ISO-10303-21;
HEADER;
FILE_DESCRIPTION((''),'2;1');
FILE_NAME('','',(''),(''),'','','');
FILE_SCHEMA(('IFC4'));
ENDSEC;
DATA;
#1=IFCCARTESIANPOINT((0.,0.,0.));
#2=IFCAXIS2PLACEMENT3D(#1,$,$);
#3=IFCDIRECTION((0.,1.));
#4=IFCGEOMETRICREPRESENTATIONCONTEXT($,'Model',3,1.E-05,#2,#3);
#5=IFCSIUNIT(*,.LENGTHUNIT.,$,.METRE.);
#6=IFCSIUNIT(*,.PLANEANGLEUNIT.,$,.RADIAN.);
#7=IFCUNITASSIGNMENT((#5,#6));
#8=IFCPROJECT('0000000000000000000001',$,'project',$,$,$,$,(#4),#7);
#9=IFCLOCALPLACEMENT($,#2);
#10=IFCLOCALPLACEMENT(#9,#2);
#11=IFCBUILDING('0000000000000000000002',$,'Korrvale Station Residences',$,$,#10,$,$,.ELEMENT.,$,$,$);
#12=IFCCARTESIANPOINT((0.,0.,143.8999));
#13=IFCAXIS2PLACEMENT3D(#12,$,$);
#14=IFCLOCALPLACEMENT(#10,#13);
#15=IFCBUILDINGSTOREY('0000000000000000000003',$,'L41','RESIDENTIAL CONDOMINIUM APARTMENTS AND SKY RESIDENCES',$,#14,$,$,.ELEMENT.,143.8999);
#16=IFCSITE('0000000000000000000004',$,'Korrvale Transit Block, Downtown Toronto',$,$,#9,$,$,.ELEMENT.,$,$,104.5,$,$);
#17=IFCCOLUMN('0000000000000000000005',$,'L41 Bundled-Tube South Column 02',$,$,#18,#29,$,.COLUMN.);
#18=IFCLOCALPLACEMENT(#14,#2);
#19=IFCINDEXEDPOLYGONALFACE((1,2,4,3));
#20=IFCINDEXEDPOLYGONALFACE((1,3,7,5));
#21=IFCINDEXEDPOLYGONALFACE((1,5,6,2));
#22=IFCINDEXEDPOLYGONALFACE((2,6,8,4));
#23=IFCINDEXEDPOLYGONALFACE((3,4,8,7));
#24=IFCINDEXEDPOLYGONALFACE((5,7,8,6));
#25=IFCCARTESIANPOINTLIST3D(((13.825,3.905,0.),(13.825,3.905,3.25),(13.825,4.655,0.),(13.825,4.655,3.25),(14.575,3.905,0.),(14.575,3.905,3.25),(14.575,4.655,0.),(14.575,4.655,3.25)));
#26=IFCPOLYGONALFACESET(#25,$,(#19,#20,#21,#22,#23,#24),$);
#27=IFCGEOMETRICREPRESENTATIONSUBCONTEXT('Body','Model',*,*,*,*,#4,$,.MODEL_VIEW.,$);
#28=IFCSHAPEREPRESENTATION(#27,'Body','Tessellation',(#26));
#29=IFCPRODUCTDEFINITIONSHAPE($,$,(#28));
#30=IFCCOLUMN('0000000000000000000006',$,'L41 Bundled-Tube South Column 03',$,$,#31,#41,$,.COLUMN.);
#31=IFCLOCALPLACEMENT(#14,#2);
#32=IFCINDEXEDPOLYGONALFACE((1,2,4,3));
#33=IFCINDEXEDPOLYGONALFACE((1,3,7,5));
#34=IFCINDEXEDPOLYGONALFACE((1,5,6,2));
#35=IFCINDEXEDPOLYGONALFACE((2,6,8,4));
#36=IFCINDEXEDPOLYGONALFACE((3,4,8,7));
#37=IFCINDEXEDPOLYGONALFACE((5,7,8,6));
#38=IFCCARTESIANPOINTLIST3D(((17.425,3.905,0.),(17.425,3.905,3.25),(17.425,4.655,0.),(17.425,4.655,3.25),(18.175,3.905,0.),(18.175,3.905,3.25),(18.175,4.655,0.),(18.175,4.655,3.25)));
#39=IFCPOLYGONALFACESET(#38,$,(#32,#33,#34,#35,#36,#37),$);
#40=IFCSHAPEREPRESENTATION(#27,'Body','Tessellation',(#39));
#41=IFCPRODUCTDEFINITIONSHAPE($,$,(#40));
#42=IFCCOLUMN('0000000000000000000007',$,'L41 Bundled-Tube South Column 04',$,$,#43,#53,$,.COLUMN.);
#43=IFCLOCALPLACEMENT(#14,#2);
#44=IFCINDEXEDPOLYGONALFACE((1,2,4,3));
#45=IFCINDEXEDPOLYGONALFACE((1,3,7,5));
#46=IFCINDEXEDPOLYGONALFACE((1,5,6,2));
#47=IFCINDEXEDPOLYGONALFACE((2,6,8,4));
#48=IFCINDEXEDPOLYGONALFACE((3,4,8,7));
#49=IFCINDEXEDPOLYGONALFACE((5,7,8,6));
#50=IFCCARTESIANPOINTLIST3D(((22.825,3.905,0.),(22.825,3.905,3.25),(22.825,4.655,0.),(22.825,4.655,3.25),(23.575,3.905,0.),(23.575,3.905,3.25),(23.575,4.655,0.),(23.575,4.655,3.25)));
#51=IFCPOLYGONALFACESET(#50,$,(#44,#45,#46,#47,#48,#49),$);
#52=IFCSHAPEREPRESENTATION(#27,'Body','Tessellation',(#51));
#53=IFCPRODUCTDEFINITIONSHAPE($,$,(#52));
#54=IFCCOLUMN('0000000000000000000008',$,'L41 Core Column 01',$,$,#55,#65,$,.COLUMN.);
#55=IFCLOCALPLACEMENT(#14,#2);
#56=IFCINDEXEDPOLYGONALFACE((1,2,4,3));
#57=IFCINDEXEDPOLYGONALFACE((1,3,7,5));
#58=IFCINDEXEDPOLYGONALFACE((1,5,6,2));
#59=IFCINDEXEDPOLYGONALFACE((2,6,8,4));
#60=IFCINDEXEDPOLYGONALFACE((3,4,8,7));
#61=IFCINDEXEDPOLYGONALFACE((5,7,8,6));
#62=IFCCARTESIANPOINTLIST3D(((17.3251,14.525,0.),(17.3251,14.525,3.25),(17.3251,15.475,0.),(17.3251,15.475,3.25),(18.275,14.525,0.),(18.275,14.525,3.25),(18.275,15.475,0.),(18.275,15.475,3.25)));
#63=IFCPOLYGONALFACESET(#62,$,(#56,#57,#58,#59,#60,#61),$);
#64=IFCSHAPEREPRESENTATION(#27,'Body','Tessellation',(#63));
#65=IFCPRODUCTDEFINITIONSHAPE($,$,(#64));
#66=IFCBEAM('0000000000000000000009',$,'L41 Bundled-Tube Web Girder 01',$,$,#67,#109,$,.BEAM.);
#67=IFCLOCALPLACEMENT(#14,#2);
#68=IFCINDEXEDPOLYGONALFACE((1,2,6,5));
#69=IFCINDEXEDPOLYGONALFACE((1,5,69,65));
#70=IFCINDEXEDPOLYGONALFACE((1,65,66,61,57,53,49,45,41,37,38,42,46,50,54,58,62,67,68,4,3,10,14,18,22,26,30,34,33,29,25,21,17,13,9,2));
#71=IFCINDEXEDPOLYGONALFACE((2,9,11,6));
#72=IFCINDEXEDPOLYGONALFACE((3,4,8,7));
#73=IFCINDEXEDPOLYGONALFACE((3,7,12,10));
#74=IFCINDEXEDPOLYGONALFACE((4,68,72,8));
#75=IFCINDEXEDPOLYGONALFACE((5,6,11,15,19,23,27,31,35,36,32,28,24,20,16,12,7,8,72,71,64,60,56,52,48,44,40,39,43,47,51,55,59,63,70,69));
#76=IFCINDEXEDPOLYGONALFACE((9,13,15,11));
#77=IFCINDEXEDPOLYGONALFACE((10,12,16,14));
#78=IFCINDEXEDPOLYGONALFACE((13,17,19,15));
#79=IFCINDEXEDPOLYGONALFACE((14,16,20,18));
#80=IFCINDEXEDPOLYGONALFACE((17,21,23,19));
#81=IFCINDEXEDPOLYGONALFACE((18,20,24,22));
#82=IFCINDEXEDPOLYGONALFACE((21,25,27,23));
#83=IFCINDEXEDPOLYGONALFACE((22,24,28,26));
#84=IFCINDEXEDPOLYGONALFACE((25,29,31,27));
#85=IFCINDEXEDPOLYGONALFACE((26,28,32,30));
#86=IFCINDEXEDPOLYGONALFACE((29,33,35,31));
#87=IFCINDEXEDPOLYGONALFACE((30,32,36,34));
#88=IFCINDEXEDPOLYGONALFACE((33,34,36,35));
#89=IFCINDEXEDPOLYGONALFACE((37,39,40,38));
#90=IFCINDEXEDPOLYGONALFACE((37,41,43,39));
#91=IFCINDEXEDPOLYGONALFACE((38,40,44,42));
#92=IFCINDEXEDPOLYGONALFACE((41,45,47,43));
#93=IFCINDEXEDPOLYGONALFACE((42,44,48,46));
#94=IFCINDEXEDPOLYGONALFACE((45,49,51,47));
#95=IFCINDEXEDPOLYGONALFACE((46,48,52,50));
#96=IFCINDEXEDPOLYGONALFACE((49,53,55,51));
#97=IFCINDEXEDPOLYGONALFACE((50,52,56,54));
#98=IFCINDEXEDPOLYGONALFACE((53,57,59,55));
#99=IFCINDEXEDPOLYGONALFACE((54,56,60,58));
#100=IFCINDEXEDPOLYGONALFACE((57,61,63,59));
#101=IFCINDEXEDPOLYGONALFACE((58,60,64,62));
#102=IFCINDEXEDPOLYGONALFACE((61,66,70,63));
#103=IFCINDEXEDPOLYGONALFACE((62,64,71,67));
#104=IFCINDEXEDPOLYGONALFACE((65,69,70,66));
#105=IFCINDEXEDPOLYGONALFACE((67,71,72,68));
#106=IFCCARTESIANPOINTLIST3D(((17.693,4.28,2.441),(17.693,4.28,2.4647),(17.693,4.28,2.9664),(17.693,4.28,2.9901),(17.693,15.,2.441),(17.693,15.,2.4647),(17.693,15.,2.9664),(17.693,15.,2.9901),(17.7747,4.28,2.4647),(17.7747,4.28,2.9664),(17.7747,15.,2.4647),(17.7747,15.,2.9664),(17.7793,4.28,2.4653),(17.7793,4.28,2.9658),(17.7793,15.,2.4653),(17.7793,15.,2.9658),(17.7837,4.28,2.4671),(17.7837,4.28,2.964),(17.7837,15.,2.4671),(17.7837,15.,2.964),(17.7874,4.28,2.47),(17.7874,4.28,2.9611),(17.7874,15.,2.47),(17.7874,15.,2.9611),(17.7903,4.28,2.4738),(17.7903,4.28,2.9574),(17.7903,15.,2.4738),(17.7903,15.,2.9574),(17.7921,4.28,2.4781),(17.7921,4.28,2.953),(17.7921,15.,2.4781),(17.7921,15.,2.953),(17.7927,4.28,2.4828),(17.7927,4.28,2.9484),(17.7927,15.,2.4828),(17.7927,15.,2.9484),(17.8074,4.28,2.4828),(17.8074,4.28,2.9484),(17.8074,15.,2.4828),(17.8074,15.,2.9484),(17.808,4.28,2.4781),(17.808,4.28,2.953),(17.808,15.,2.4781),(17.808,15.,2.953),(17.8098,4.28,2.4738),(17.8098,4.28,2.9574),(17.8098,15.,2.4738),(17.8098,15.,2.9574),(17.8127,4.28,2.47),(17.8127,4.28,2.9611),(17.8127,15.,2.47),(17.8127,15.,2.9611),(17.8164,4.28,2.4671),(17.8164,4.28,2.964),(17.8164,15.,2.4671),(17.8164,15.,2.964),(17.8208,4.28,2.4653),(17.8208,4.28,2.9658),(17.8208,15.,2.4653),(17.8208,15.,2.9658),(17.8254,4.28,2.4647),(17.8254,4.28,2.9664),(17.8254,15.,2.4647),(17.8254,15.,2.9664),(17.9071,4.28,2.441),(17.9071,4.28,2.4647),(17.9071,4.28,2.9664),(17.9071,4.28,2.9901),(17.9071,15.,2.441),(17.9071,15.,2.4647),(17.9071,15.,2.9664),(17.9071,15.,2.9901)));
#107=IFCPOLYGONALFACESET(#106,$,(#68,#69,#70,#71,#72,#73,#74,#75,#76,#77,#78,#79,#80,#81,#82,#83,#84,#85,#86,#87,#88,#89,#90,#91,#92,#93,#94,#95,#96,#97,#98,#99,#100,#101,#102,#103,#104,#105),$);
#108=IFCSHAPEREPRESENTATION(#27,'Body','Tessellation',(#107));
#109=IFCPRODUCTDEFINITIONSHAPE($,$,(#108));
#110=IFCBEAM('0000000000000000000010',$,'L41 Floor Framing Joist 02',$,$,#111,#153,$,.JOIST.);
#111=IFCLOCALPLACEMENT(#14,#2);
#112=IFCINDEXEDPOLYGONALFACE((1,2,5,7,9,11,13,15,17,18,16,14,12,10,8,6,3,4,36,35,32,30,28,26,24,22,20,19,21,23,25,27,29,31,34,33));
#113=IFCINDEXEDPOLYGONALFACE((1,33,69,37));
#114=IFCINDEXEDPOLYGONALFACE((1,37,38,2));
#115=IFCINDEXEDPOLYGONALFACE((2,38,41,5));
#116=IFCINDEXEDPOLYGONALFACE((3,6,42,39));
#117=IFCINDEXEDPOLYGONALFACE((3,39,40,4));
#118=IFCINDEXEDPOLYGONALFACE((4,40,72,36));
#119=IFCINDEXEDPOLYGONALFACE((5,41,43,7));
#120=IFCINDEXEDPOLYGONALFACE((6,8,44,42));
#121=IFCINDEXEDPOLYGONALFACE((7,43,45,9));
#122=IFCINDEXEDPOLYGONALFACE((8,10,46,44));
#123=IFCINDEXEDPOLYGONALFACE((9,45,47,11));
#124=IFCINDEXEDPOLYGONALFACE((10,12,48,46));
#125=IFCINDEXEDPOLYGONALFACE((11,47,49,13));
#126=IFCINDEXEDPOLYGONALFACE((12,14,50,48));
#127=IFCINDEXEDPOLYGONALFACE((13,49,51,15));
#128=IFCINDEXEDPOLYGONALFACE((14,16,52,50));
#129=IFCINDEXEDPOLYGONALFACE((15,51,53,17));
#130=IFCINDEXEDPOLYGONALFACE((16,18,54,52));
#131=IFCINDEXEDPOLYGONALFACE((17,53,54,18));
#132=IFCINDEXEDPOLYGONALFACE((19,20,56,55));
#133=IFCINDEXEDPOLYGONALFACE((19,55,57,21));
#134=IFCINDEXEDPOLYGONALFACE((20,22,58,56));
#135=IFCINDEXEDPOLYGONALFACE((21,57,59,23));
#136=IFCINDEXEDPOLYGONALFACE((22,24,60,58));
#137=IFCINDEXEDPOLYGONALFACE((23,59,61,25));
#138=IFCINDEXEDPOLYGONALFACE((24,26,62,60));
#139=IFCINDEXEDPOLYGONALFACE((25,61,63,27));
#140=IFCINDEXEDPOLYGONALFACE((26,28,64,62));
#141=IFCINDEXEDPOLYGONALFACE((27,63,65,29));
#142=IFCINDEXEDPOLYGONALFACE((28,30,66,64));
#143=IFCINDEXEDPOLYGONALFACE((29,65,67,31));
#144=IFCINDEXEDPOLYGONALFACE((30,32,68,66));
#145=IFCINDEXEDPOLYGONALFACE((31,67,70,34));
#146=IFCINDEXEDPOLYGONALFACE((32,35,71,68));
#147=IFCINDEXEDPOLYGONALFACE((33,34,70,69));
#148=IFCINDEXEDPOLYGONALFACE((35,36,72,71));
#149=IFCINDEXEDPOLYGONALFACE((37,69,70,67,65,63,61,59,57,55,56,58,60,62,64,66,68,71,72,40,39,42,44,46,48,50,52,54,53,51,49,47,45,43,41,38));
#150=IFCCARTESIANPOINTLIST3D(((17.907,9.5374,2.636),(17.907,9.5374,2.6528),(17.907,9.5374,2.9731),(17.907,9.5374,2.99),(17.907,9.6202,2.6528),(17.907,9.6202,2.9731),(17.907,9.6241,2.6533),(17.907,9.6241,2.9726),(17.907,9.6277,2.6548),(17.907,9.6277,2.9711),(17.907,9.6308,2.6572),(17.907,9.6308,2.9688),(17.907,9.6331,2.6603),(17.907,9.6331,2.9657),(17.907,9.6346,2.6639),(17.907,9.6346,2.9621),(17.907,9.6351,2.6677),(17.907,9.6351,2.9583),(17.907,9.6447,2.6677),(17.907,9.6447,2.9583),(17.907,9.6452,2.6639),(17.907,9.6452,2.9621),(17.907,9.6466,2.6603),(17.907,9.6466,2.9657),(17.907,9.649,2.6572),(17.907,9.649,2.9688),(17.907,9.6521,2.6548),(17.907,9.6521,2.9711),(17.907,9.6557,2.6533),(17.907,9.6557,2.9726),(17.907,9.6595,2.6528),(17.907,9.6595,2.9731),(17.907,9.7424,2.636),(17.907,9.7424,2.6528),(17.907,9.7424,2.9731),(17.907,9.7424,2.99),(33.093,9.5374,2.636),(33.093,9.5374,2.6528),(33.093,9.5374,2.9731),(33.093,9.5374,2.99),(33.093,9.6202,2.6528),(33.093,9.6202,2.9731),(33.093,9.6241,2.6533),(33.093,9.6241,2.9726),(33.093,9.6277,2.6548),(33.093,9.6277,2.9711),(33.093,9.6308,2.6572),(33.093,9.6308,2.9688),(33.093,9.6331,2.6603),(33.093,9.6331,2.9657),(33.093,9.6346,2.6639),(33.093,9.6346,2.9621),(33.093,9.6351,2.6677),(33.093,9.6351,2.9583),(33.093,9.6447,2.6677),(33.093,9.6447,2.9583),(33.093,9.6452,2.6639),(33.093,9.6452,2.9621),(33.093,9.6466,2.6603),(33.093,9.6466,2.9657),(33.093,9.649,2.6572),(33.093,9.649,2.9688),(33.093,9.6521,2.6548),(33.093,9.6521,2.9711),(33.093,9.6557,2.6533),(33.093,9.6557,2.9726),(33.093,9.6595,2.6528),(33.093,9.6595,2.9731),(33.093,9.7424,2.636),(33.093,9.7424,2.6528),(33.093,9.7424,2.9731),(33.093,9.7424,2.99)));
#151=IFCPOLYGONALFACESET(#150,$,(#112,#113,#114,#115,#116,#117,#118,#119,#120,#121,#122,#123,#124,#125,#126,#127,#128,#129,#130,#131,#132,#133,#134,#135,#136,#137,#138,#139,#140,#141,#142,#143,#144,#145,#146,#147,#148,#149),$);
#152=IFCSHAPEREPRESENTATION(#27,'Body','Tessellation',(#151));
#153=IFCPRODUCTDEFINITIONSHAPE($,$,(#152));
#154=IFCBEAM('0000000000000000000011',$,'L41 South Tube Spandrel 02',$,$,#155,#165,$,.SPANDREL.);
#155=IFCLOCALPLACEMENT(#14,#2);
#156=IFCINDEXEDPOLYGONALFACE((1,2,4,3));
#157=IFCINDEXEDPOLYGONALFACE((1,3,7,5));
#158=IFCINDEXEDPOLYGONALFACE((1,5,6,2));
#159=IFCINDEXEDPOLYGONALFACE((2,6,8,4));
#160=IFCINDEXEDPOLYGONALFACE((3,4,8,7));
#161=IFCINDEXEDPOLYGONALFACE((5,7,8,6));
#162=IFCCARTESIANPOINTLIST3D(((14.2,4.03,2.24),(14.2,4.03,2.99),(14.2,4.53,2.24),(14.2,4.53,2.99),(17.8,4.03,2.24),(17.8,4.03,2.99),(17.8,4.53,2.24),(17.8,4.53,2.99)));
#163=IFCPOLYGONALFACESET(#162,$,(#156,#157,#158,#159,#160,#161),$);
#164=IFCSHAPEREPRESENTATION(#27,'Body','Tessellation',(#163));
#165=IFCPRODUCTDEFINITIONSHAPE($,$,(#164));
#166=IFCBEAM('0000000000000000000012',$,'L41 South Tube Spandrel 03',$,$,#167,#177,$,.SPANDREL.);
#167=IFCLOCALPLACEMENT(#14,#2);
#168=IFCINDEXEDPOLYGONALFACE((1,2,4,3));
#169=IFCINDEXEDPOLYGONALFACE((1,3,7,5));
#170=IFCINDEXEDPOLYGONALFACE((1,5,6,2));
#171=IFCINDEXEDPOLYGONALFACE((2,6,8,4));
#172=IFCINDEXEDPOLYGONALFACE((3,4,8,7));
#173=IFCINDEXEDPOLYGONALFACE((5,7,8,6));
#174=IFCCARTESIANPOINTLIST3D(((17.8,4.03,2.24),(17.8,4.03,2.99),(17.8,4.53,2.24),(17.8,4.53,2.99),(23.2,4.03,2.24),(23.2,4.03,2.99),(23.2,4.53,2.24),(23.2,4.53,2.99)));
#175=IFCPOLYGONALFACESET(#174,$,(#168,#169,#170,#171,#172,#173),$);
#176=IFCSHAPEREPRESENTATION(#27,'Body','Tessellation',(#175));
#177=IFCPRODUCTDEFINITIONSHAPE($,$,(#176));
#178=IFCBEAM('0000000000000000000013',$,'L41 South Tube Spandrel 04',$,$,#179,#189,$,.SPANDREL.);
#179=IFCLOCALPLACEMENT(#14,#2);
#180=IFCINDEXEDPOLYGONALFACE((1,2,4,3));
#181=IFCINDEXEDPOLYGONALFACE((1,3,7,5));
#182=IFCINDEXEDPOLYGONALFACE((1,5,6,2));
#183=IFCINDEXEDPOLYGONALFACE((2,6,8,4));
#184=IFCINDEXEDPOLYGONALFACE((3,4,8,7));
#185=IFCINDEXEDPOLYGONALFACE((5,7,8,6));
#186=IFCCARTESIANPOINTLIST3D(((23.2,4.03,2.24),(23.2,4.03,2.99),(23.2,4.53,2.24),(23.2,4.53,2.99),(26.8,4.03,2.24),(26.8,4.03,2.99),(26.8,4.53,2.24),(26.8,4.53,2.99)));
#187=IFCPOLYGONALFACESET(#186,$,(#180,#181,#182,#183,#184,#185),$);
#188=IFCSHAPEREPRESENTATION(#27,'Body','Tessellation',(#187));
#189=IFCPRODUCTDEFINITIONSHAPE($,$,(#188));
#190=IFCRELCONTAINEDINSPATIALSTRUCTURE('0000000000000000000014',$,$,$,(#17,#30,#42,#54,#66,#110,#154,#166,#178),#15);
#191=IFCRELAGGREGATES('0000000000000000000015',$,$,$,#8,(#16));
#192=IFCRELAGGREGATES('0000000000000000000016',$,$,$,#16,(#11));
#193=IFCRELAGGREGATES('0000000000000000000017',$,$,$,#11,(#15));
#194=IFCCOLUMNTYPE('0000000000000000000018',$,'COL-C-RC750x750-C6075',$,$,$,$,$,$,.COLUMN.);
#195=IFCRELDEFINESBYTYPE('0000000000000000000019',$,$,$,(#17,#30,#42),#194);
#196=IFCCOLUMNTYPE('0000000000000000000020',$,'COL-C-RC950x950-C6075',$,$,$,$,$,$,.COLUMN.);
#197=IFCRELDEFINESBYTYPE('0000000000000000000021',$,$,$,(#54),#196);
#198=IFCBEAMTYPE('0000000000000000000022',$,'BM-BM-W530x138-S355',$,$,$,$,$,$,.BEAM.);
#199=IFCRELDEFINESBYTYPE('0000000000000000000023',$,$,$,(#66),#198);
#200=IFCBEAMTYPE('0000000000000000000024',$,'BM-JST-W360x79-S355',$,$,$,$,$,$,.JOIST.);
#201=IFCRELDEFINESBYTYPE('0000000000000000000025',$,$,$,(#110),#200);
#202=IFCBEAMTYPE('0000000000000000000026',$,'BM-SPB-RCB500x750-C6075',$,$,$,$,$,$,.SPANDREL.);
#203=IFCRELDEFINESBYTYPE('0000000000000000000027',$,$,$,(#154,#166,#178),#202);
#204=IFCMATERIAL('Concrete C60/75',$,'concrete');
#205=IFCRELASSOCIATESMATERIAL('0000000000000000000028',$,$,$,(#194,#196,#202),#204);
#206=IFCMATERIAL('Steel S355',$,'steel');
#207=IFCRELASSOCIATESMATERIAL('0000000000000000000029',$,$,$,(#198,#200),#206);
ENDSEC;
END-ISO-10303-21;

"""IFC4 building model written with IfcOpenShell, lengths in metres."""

from ifc_helpers import new_model, si_unit, direction, frame, origin, origin_2d, place, context, subcontext, project, spatial, rectangle, i_section, extrude, material, material_profile, profile_set, type_object, element, save


model = new_model("IFC4")

# Units and contexts
model_context = context("Model", 3, precision=1e-05, world=origin(), true_north=direction((0.0, 1.0)))
body_context = subcontext(model_context, "Body", "Model", "MODEL_VIEW")
ifc_project = project(units=[si_unit("LENGTHUNIT", "METRE"), si_unit("PLANEANGLEUNIT", "RADIAN")], contexts=[model_context])

# Site, building, storey
site_placement = place(None, origin())
site = spatial("IfcSite", under=ifc_project, at=site_placement, Name="Korrvale Transit Block, Downtown Toronto", CompositionType="ELEMENT", RefElevation=104.5)
building_placement = place(site_placement, origin())
building = spatial("IfcBuilding", under=site, at=building_placement, Name="Korrvale Station Residences", CompositionType="ELEMENT")
storey_placement = place(building_placement, frame((0.0, 0.0, 143.8999)))
storey = spatial("IfcBuildingStorey", under=building, at=storey_placement, Name="L41", Description="RESIDENTIAL CONDOMINIUM APARTMENTS AND SKY RESIDENCES", CompositionType="ELEMENT", Elevation=143.8999)

# Columns
ifc_material_1 = material(Name="Concrete C60/75", Category="concrete")
ifc_material_profile_1 = material_profile(ifc_material_1, rectangle(XDim=0.75, YDim=0.75, at=origin_2d()), Name="RC750x750")
ifc_profile_set_1 = profile_set([ifc_material_profile_1], Name="Concrete C60/75")
column_type_1 = type_object("IfcColumnType", Name="COL-C-RC750x750-C6075", PredefinedType="COLUMN", material=ifc_profile_set_1)
for number, where, z_axis, x_axis, name in (
    (1, (14.2, 4.28, 0.0), (0.0, 0.0, 1.0), (1.0, 0.0, 0.0), "L41 Bundled-Tube South Column 02"),
    (2, (17.8, 4.28, 0.0), (0.0, 0.0, 1.0), (1.0, 0.0, 0.0), "L41 Bundled-Tube South Column 03"),
    (3, (23.2, 4.28, 0.0), (0.0, 0.0, 1.0), (1.0, 0.0, 0.0), "L41 Bundled-Tube South Column 04"),
):
    element("IfcColumn", number, at=place(storey_placement, frame(where, z_axis=z_axis, x_axis=x_axis)), inside=storey, type_object=column_type_1, Name=name, PredefinedType="COLUMN", context=body_context, shape_type="SweptSolid", body=[
        extrude(rectangle(XDim=0.75, YDim=0.75, at=origin_2d()), origin(), (0.0, 0.0, 1.0), 3.25),
    ])
ifc_material_profile_2 = material_profile(ifc_material_1, rectangle(XDim=0.95, YDim=0.95, at=origin_2d()), Name="RC950x950")
ifc_profile_set_2 = profile_set([ifc_material_profile_2], Name="Concrete C60/75")
column_type_2 = type_object("IfcColumnType", Name="COL-C-RC950x950-C6075", PredefinedType="COLUMN", material=ifc_profile_set_2)
column_placement = place(storey_placement, frame((17.8, 15.0, 0.0), z_axis=(0.0, 0.0, 1.0), x_axis=(1.0, 0.0, 0.0)))
element("IfcColumn", 4, at=column_placement, inside=storey, type_object=column_type_2, Name="L41 Core Column 01", PredefinedType="COLUMN", context=body_context, shape_type="SweptSolid", body=[
    extrude(rectangle(XDim=0.95, YDim=0.95, at=origin_2d()), origin(), (0.0, 0.0, 1.0), 3.25),
])

# Beams
ifc_material_2 = material(Name="Steel S355", Category="steel")
ifc_material_profile_3 = material_profile(ifc_material_2, i_section(OverallWidth=0.2141, OverallDepth=0.5491, WebThickness=0.0146, FlangeThickness=0.0237, FilletRadius=0.0181, at=origin_2d()), Name="W530x138")
ifc_profile_set_3 = profile_set([ifc_material_profile_3], Name="Steel S355")
beam_type_1 = type_object("IfcBeamType", Name="BM-BM-W530x138-S355", PredefinedType="BEAM", material=ifc_profile_set_3)
beam_1_placement = place(storey_placement, frame((17.8, 4.28, 2.7156), z_axis=(0.0, 1.0, 0.0), x_axis=(-1.0, 0.0, 0.0)))
element("IfcBeam", 5, at=beam_1_placement, inside=storey, type_object=beam_type_1, Name="L41 Bundled-Tube Web Girder 01", PredefinedType="BEAM", context=body_context, shape_type="SweptSolid", body=[
    extrude(i_section(OverallWidth=0.2141, OverallDepth=0.5491, WebThickness=0.0146, FlangeThickness=0.0237, FilletRadius=0.0181, at=origin_2d()), origin(), (0.0, 0.0, 1.0), 10.72),
])
ifc_material_profile_4 = material_profile(ifc_material_2, i_section(OverallWidth=0.2051, OverallDepth=0.354, WebThickness=0.0095, FlangeThickness=0.0168, FilletRadius=0.0149, at=origin_2d()), Name="W360x79")
ifc_profile_set_4 = profile_set([ifc_material_profile_4], Name="Steel S355")
beam_type_2 = type_object("IfcBeamType", Name="BM-JST-W360x79-S355", PredefinedType="JOIST", material=ifc_profile_set_4)
beam_2_placement = place(storey_placement, frame((17.907, 9.6399, 2.813), z_axis=(1.0, 0.0, 0.0), x_axis=(0.0, 1.0, 0.0)))
element("IfcBeam", 6, at=beam_2_placement, inside=storey, type_object=beam_type_2, Name="L41 Floor Framing Joist 02", PredefinedType="JOIST", context=body_context, shape_type="SweptSolid", body=[
    extrude(i_section(OverallWidth=0.2051, OverallDepth=0.354, WebThickness=0.0095, FlangeThickness=0.0168, FilletRadius=0.0149, at=origin_2d()), origin(), (0.0, 0.0, 1.0), 15.186),
])
ifc_material_profile_5 = material_profile(ifc_material_1, rectangle(XDim=0.5, YDim=0.75, at=origin_2d()), Name="RCB500x750")
ifc_profile_set_5 = profile_set([ifc_material_profile_5], Name="Concrete C60/75")
beam_type_3 = type_object("IfcBeamType", Name="BM-SPB-RCB500x750-C6075", PredefinedType="SPANDREL", material=ifc_profile_set_5)
beam_3_placement = place(storey_placement, frame((14.2, 4.28, 2.615), z_axis=(1.0, 0.0, 0.0), x_axis=(0.0, 1.0, 0.0)))
element("IfcBeam", 7, at=beam_3_placement, inside=storey, type_object=beam_type_3, Name="L41 South Tube Spandrel 02", PredefinedType="SPANDREL", context=body_context, shape_type="SweptSolid", body=[
    extrude(rectangle(XDim=0.5, YDim=0.75, at=origin_2d()), origin(), (0.0, 0.0, 1.0), 3.6001),
])
beam_4_placement = place(storey_placement, frame((17.8, 4.28, 2.615), z_axis=(1.0, 0.0, 0.0), x_axis=(0.0, 1.0, 0.0)))
element("IfcBeam", 8, at=beam_4_placement, inside=storey, type_object=beam_type_3, Name="L41 South Tube Spandrel 03", PredefinedType="SPANDREL", context=body_context, shape_type="SweptSolid", body=[
    extrude(rectangle(XDim=0.5, YDim=0.75, at=origin_2d()), origin(), (0.0, 0.0, 1.0), 5.3999),
])
beam_5_placement = place(storey_placement, frame((23.2, 4.28, 2.615), z_axis=(1.0, 0.0, 0.0), x_axis=(0.0, 1.0, 0.0)))
element("IfcBeam", 9, at=beam_5_placement, inside=storey, type_object=beam_type_3, Name="L41 South Tube Spandrel 04", PredefinedType="SPANDREL", context=body_context, shape_type="SweptSolid", body=[
    extrude(rectangle(XDim=0.5, YDim=0.75, at=origin_2d()), origin(), (0.0, 0.0, 1.0), 3.6001),
])

save(model, "model.ifc")
